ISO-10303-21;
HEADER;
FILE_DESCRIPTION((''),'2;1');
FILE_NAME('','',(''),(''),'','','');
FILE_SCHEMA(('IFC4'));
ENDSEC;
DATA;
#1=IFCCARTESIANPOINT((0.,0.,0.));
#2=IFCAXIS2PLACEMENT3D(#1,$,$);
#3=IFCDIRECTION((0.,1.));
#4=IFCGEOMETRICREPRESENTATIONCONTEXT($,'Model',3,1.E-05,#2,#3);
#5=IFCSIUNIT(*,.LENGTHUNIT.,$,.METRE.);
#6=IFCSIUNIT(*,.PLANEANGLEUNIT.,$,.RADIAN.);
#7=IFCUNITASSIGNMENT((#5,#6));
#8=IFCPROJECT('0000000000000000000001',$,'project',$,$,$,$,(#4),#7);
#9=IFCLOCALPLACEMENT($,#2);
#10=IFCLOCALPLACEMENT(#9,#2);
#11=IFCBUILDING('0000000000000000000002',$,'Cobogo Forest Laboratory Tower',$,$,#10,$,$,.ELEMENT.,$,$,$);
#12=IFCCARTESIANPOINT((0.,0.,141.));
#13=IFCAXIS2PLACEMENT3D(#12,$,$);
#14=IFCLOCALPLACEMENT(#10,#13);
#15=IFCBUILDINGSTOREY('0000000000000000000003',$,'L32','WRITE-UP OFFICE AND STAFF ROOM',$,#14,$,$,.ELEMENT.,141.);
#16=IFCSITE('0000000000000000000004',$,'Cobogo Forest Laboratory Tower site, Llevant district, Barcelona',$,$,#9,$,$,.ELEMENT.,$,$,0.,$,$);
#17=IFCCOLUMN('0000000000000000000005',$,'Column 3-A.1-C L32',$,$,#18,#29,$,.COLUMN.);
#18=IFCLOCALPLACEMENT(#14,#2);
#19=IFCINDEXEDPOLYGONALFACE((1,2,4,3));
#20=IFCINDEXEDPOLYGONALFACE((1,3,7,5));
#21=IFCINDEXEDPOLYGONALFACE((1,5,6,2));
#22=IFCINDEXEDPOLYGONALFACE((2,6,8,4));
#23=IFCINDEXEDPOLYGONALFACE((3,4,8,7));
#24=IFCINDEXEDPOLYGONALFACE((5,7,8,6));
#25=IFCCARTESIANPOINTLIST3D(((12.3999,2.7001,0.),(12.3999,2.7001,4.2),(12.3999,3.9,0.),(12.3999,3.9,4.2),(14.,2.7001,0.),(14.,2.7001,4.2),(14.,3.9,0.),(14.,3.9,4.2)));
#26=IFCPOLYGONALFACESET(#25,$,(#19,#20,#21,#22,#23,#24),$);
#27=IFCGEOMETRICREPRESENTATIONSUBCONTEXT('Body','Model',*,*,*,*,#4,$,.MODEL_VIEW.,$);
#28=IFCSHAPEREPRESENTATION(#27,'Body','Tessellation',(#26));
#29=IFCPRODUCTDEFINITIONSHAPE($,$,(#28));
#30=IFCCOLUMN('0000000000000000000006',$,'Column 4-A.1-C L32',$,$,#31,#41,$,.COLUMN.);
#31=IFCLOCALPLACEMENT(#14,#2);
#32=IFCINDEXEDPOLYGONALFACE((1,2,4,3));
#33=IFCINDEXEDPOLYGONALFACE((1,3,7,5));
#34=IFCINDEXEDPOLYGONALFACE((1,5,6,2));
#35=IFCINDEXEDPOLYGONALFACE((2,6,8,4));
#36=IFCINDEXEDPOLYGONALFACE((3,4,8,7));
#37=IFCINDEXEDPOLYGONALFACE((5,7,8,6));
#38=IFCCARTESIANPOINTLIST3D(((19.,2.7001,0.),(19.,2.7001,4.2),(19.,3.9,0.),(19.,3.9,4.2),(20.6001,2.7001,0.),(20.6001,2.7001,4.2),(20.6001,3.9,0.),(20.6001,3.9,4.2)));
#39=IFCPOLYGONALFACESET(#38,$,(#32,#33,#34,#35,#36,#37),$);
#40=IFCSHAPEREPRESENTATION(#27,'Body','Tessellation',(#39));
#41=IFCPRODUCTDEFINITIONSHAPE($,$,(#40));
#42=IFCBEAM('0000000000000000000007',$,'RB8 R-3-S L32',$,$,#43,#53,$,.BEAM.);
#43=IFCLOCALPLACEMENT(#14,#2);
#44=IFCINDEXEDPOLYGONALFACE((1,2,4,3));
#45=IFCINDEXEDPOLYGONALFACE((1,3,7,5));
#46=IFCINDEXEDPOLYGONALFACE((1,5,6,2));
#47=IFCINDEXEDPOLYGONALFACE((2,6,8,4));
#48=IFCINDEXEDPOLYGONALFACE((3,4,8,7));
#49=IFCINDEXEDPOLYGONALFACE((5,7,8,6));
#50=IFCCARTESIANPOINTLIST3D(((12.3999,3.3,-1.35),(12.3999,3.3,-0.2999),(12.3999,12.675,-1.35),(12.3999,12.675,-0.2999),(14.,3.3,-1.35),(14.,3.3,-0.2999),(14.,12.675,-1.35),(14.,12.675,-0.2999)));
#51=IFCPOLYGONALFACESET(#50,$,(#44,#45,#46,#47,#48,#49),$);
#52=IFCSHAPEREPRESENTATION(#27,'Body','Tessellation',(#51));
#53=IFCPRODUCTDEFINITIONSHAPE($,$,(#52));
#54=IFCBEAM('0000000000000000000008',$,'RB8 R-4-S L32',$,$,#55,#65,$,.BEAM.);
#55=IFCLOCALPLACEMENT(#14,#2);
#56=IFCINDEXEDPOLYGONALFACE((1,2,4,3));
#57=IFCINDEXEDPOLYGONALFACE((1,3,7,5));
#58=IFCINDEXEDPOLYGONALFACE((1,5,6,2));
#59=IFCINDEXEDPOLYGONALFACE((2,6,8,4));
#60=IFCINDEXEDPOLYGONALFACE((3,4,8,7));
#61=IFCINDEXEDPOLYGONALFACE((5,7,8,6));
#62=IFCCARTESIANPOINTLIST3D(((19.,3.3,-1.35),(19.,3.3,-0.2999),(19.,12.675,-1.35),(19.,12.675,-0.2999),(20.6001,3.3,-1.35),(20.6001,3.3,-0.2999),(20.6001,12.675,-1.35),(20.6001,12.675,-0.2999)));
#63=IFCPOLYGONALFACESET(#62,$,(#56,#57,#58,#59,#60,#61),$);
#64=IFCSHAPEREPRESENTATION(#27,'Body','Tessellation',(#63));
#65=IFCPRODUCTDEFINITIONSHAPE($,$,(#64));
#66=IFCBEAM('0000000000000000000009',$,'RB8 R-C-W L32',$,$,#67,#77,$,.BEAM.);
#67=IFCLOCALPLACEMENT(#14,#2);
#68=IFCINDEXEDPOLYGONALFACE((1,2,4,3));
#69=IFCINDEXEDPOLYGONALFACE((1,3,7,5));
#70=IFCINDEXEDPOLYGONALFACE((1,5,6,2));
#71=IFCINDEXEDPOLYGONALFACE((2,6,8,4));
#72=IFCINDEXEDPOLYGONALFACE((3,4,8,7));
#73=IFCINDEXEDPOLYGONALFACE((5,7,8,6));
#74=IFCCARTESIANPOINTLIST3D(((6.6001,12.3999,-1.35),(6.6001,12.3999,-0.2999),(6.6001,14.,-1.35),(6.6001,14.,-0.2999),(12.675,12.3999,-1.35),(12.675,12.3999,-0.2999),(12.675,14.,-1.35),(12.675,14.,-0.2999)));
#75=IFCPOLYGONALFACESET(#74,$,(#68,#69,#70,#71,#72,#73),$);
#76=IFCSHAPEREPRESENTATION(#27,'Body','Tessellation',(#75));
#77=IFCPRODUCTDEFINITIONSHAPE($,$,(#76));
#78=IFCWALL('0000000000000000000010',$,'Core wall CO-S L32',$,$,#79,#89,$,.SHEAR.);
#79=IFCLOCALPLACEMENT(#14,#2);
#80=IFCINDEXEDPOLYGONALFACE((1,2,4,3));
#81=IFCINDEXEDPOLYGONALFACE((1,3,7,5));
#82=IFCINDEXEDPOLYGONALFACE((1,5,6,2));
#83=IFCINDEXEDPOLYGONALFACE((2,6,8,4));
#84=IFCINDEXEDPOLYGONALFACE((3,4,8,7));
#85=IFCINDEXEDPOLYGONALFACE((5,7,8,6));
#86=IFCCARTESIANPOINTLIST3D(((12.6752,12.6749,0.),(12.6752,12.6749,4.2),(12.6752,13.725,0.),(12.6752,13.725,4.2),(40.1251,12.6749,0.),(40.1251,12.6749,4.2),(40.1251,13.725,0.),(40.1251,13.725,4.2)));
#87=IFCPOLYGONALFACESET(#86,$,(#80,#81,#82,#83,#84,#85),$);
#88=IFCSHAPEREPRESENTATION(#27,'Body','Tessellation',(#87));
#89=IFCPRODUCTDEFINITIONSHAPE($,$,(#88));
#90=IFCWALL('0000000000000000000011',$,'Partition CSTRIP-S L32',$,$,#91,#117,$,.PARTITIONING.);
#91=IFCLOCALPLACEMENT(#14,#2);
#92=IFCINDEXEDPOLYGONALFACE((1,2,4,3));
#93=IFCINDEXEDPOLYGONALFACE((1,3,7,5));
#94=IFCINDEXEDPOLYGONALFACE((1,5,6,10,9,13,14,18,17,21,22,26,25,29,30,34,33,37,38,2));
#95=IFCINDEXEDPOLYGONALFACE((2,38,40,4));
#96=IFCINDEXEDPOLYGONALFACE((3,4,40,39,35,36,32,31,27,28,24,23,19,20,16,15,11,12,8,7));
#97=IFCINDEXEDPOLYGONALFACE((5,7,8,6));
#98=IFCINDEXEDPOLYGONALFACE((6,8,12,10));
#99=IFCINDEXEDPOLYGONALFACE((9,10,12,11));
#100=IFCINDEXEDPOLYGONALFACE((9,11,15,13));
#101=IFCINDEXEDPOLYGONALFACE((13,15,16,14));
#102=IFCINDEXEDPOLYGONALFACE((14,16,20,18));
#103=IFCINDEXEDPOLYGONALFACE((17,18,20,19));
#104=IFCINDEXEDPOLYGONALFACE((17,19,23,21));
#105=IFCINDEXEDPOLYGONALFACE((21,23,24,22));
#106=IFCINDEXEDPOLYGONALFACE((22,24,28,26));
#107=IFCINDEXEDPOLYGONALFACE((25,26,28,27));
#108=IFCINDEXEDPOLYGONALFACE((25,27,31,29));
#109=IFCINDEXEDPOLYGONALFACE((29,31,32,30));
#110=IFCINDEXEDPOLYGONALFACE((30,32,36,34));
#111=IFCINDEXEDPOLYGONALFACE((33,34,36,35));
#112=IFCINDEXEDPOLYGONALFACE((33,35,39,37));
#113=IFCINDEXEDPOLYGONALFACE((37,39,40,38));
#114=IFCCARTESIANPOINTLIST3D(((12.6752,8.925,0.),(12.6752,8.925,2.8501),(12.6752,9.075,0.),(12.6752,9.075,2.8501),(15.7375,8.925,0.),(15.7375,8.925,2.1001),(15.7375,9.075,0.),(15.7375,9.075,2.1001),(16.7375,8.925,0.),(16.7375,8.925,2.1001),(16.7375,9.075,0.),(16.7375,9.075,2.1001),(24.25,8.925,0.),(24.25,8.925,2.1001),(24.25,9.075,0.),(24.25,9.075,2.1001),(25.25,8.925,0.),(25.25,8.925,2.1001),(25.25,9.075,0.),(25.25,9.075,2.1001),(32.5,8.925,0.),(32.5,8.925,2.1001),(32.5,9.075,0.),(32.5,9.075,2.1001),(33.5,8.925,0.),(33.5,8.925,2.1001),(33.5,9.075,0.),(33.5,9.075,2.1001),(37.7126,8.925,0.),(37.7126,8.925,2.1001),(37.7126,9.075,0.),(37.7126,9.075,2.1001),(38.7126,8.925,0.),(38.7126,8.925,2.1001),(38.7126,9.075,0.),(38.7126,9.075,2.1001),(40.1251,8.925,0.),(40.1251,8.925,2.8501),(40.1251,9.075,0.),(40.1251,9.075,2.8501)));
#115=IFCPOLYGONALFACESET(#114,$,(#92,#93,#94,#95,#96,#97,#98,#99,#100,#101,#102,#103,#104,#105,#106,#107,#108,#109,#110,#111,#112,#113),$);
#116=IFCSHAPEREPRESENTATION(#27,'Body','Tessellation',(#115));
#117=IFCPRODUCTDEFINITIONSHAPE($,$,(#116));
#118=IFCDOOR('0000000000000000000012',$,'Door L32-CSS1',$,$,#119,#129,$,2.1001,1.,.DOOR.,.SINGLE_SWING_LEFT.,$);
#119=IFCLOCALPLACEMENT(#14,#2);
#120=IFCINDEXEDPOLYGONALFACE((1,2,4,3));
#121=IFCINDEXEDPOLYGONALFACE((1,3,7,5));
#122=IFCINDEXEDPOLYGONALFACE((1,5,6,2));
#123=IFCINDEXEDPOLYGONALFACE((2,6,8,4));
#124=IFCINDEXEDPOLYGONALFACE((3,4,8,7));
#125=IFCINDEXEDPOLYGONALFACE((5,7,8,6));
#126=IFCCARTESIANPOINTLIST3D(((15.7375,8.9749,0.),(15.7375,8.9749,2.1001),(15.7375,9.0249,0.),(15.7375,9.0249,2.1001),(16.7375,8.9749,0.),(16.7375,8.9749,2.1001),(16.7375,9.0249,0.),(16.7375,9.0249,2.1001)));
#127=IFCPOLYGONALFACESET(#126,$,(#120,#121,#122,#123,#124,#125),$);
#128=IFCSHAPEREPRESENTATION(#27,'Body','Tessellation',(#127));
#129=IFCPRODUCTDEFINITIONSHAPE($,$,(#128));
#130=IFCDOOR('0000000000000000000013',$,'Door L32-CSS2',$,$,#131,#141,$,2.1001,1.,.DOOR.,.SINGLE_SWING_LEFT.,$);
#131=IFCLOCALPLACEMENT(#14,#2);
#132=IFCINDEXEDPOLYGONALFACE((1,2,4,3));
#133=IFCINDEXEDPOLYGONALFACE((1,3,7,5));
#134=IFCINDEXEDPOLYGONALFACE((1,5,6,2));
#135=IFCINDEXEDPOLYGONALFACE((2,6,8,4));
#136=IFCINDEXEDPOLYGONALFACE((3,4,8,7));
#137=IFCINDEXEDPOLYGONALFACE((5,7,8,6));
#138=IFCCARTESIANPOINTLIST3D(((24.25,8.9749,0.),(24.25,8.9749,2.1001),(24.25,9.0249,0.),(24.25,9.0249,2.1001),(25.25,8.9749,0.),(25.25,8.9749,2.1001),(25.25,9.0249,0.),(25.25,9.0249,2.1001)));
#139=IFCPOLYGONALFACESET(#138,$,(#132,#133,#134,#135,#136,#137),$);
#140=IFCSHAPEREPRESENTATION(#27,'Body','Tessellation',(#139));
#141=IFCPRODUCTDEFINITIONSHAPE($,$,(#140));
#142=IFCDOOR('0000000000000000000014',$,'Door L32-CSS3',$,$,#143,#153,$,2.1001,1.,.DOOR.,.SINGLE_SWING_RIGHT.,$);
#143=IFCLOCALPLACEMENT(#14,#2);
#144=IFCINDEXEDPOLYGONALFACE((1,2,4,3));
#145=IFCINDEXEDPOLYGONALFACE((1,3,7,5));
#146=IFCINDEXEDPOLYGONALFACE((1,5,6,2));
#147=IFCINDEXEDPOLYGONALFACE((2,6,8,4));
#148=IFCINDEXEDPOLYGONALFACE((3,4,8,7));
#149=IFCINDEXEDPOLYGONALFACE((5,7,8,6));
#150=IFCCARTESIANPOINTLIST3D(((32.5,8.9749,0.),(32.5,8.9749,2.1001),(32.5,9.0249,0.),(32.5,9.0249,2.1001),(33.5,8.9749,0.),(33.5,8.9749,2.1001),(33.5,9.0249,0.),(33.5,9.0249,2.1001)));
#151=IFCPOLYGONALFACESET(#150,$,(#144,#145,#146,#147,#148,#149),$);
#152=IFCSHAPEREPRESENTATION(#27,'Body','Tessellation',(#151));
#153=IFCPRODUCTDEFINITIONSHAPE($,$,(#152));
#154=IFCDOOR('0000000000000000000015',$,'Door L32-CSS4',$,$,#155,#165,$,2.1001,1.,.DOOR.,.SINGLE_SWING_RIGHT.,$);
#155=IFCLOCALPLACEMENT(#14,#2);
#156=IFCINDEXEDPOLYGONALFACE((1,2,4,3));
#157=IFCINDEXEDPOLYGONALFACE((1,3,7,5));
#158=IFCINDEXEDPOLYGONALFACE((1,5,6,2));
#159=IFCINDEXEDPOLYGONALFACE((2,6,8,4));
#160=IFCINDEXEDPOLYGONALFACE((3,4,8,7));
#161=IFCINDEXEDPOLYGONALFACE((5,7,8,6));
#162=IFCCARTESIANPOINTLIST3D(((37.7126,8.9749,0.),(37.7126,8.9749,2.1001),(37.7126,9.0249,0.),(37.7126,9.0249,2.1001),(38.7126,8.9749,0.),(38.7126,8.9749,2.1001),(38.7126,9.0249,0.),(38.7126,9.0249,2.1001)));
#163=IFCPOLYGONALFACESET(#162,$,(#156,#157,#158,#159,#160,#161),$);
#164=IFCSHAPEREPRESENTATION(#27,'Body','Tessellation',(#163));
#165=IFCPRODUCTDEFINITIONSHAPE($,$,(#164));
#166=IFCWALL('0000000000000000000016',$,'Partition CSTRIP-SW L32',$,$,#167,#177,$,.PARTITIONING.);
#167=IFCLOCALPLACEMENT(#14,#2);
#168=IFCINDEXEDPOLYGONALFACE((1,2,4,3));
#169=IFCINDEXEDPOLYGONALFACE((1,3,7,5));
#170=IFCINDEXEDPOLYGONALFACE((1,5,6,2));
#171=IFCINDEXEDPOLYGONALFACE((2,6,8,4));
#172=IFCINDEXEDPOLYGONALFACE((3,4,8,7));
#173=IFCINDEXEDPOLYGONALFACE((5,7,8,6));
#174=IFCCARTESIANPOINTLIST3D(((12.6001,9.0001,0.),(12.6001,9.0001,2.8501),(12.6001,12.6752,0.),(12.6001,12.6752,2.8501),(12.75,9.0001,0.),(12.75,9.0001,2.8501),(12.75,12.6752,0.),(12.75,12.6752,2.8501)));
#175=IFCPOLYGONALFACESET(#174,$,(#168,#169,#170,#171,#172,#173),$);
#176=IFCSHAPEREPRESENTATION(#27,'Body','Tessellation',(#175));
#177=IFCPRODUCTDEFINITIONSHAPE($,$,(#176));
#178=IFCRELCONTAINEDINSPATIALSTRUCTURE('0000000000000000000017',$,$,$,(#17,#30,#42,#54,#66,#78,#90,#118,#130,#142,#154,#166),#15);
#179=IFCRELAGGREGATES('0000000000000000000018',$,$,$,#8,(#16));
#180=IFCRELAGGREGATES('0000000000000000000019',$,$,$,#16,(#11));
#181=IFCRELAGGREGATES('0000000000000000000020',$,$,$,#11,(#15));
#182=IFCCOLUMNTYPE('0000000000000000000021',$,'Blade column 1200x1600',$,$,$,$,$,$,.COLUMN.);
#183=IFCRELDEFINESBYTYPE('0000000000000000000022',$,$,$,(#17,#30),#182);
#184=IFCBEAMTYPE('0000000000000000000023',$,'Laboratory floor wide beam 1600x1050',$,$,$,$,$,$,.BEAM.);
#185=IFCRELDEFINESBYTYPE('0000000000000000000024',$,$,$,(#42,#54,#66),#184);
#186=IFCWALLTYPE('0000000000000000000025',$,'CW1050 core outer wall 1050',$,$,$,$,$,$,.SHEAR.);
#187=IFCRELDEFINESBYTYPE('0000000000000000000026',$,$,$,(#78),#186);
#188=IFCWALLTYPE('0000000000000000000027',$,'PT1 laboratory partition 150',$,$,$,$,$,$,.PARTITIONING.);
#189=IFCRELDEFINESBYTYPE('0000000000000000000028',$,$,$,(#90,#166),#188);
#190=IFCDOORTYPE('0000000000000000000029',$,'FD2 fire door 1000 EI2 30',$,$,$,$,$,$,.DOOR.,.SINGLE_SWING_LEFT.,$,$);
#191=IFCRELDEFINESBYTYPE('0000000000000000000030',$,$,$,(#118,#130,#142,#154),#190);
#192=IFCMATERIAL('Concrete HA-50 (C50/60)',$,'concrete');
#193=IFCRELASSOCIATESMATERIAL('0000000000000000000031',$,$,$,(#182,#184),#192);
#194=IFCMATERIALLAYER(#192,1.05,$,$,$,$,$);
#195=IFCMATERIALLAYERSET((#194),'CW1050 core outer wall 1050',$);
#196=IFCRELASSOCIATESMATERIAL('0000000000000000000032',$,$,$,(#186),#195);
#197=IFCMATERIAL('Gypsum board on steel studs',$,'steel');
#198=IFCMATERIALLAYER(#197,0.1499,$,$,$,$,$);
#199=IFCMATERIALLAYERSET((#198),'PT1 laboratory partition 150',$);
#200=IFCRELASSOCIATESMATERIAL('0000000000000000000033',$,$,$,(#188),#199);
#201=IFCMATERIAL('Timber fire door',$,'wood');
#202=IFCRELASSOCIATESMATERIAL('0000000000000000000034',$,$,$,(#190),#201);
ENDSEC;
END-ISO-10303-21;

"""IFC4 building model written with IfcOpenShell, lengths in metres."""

from ifc_helpers import new_model, si_unit, direction, frame, frame_2d, origin, origin_2d, place, context, subcontext, project, spatial, rectangle, extrude, material, layer, layer_set, material_profile, profile_set, type_object, element, fill, save


model = new_model("IFC4")

# Units and contexts
model_context = context("Model", 3, precision=1e-05, world=origin(), true_north=direction((0.0, 1.0)))
body_context = subcontext(model_context, "Body", "Model", "MODEL_VIEW")
ifc_project = project(units=[si_unit("LENGTHUNIT", "METRE"), si_unit("PLANEANGLEUNIT", "RADIAN")], contexts=[model_context])

# Site, building, storey
site_placement = place(None, origin())
site = spatial("IfcSite", under=ifc_project, at=site_placement, Name="Cobogo Forest Laboratory Tower site, Llevant district, Barcelona", CompositionType="ELEMENT", RefElevation=0.0)
building_placement = place(site_placement, origin())
building = spatial("IfcBuilding", under=site, at=building_placement, Name="Cobogo Forest Laboratory Tower", CompositionType="ELEMENT")
storey_placement = place(building_placement, frame((0.0, 0.0, 141.0)))
storey = spatial("IfcBuildingStorey", under=building, at=storey_placement, Name="L32", Description="WRITE-UP OFFICE AND STAFF ROOM", CompositionType="ELEMENT", Elevation=141.0)

# Columns
ifc_material_1 = material(Name="Concrete HA-50 (C50/60)", Category="concrete")
ifc_material_profile_1 = material_profile(ifc_material_1, rectangle(XDim=1.6001, YDim=1.2, at=origin_2d()), Name="RC 1200x1600")
ifc_profile_set_1 = profile_set([ifc_material_profile_1], Name="Concrete HA-50 (C50/60)")
column_type = type_object("IfcColumnType", Name="Blade column 1200x1600", PredefinedType="COLUMN", material=ifc_profile_set_1)
for number, where, z_axis, x_axis, name in (
    (1, (13.2, 3.3, 0.0), (0.0, 0.0, 1.0), (1.0, 0.0, 0.0), "Column 3-A.1-C L32"),
    (2, (19.8, 3.3, 0.0), (0.0, 0.0, 1.0), (1.0, 0.0, 0.0), "Column 4-A.1-C L32"),
):
    element("IfcColumn", number, at=place(storey_placement, frame(where, z_axis=z_axis, x_axis=x_axis)), inside=storey, type_object=column_type, Name=name, PredefinedType="COLUMN", context=body_context, shape_type="SweptSolid", body=[
        extrude(rectangle(XDim=1.6001, YDim=1.2, at=origin_2d()), origin(), (0.0, 0.0, 1.0), 4.2),
    ])

# Beams
ifc_material_profile_2 = material_profile(ifc_material_1, rectangle(XDim=1.6001, YDim=1.05, at=origin_2d()), Name="RC 1600x1050")
ifc_profile_set_2 = profile_set([ifc_material_profile_2], Name="Concrete HA-50 (C50/60)")
beam_type = type_object("IfcBeamType", Name="Laboratory floor wide beam 1600x1050", PredefinedType="BEAM", material=ifc_profile_set_2)
for number, where, z_axis, x_axis, name in (
    (3, (13.2, 12.675, -0.825), (0.0, -1.0, 0.0), (1.0, 0.0, 0.0), "RB8 R-3-S L32"),
    (4, (19.8, 12.675, -0.825), (0.0, -1.0, 0.0), (1.0, 0.0, 0.0), "RB8 R-4-S L32"),
):
    element("IfcBeam", number, at=place(storey_placement, frame(where, z_axis=z_axis, x_axis=x_axis)), inside=storey, type_object=beam_type, Name=name, PredefinedType="BEAM", context=body_context, shape_type="SweptSolid", body=[
        extrude(rectangle(XDim=1.6001, YDim=1.05, at=origin_2d()), origin(), (0.0, 0.0, 1.0), 9.375),
    ])
beam_placement = place(storey_placement, frame((12.675, 13.2, -0.825), z_axis=(-1.0, 0.0, 0.0), x_axis=(0.0, -1.0, 0.0)))
element("IfcBeam", 5, at=beam_placement, inside=storey, type_object=beam_type, Name="RB8 R-C-W L32", PredefinedType="BEAM", context=body_context, shape_type="SweptSolid", body=[
    extrude(rectangle(XDim=1.6001, YDim=1.05, at=origin_2d()), origin(), (0.0, 0.0, 1.0), 6.075),
])

# Wall
ifc_layer_1 = layer(ifc_material_1, 1.05)
ifc_layer_set_1 = layer_set([ifc_layer_1], Name="CW1050 core outer wall 1050")
wall_type_1 = type_object("IfcWallType", Name="CW1050 core outer wall 1050", PredefinedType="SHEAR", material=ifc_layer_set_1)
wall_1_placement = place(storey_placement, frame((12.675, 13.2, 0.0), z_axis=(0.0, 0.0, 1.0), x_axis=(1.0, 0.0, 0.0)))
element("IfcWall", 6, at=wall_1_placement, inside=storey, type_object=wall_type_1, Name="Core wall CO-S L32", PredefinedType="SHEAR", context=body_context, shape_type="SweptSolid", body=[
    extrude(rectangle(XDim=27.45, YDim=1.05, at=frame_2d((13.7251, 0.0))), origin(), (0.0, 0.0, 1.0), 4.2),
])

# Wall, openings, doors
ifc_material_2 = material(Name="Gypsum board on steel studs", Category="steel")
ifc_layer_2 = layer(ifc_material_2, 0.1499)
ifc_layer_set_2 = layer_set([ifc_layer_2], Name="PT1 laboratory partition 150")
wall_type_2 = type_object("IfcWallType", Name="PT1 laboratory partition 150", PredefinedType="PARTITIONING", material=ifc_layer_set_2)
wall_2_placement = place(storey_placement, frame((12.675, 9.0, 0.0), z_axis=(0.0, 0.0, 1.0), x_axis=(1.0, 0.0, 0.0)))
wall_2 = element("IfcWall", 7, at=wall_2_placement, inside=storey, type_object=wall_type_2, Name="Partition CSTRIP-S L32", PredefinedType="PARTITIONING", context=body_context, shape_type="SweptSolid", body=[
    extrude(rectangle(XDim=27.45, YDim=0.1499, at=frame_2d((13.7251, 0.0))), origin(), (0.0, 0.0, 1.0), 2.8501),
])
opening_1_placement = place(wall_2_placement, frame((3.0625, 0.0, 0.0)))
opening_1 = element("IfcOpeningElement", 8, at=opening_1_placement, cuts=wall_2, PredefinedType="OPENING", context=body_context, shape_type="SweptSolid", body=[
    extrude(rectangle(XDim=1.0, YDim=2.1001, at=frame_2d((0.5, 1.05))), frame((0.0, 0.085, 0.0), z_axis=(0.0, -1.0, 0.0), x_axis=(1.0, 0.0, 0.0)), (0.0, 0.0, 1.0), 0.1699),
])
opening_2_placement = place(wall_2_placement, frame((11.575, 0.0, 0.0)))
opening_2 = element("IfcOpeningElement", 9, at=opening_2_placement, cuts=wall_2, PredefinedType="OPENING", context=body_context, shape_type="SweptSolid", body=[
    extrude(rectangle(XDim=1.0, YDim=2.1001, at=frame_2d((0.5, 1.05))), frame((0.0, 0.085, 0.0), z_axis=(0.0, -1.0, 0.0), x_axis=(1.0, 0.0, 0.0)), (0.0, 0.0, 1.0), 0.1699),
])
opening_3_placement = place(wall_2_placement, frame((19.825, 0.0, 0.0)))
opening_3 = element("IfcOpeningElement", 10, at=opening_3_placement, cuts=wall_2, PredefinedType="OPENING", context=body_context, shape_type="SweptSolid", body=[
    extrude(rectangle(XDim=1.0, YDim=2.1001, at=frame_2d((0.5, 1.05))), frame((0.0, 0.085, 0.0), z_axis=(0.0, -1.0, 0.0), x_axis=(1.0, 0.0, 0.0)), (0.0, 0.0, 1.0), 0.1699),
])
opening_4_placement = place(wall_2_placement, frame((25.0376, 0.0, 0.0)))
opening_4 = element("IfcOpeningElement", 11, at=opening_4_placement, cuts=wall_2, PredefinedType="OPENING", context=body_context, shape_type="SweptSolid", body=[
    extrude(rectangle(XDim=1.0, YDim=2.1001, at=frame_2d((0.5, 1.05))), frame((0.0, 0.085, 0.0), z_axis=(0.0, -1.0, 0.0), x_axis=(1.0, 0.0, 0.0)), (0.0, 0.0, 1.0), 0.1699),
])
ifc_material_3 = material(Name="Timber fire door", Category="wood")
door_type_1 = type_object("IfcDoorType", Name="FD2 fire door 1000 EI2 30", OperationType="SINGLE_SWING_LEFT", PredefinedType="DOOR", material=ifc_material_3)
door_1_placement = place(opening_1_placement, origin())
door_1 = element("IfcDoor", 12, at=door_1_placement, inside=storey, type_object=door_type_1, Name="Door L32-CSS1", OperationType="SINGLE_SWING_LEFT", OverallHeight=2.1001, OverallWidth=1.0, PredefinedType="DOOR", context=body_context, shape_type="SweptSolid", body=[
    extrude(rectangle(XDim=1.0, YDim=2.1001, at=frame_2d((0.5, 1.05))), frame((0.0, 0.0249, 0.0), z_axis=(0.0, -1.0, 0.0), x_axis=(1.0, 0.0, 0.0)), (0.0, 0.0, 1.0), 0.05),
])
fill(opening_1, door_1)
door_2_placement = place(opening_2_placement, origin())
door_2 = element("IfcDoor", 13, at=door_2_placement, inside=storey, type_object=door_type_1, Name="Door L32-CSS2", OperationType="SINGLE_SWING_LEFT", OverallHeight=2.1001, OverallWidth=1.0, PredefinedType="DOOR", context=body_context, shape_type="SweptSolid", body=[
    extrude(rectangle(XDim=1.0, YDim=2.1001, at=frame_2d((0.5, 1.05))), frame((0.0, 0.0249, 0.0), z_axis=(0.0, -1.0, 0.0), x_axis=(1.0, 0.0, 0.0)), (0.0, 0.0, 1.0), 0.05),
])
fill(opening_2, door_2)
door_3_placement = place(opening_3_placement, origin())
door_3 = element("IfcDoor", 14, at=door_3_placement, inside=storey, type_object=door_type_1, Name="Door L32-CSS3", OperationType="SINGLE_SWING_RIGHT", OverallHeight=2.1001, OverallWidth=1.0, PredefinedType="DOOR", context=body_context, shape_type="SweptSolid", body=[
    extrude(rectangle(XDim=1.0, YDim=2.1001, at=frame_2d((0.5, 1.05))), frame((0.0, 0.0249, 0.0), z_axis=(0.0, -1.0, 0.0), x_axis=(1.0, 0.0, 0.0)), (0.0, 0.0, 1.0), 0.05),
])
fill(opening_3, door_3)
door_4_placement = place(opening_4_placement, origin())
door_4 = element("IfcDoor", 15, at=door_4_placement, inside=storey, type_object=door_type_1, Name="Door L32-CSS4", OperationType="SINGLE_SWING_RIGHT", OverallHeight=2.1001, OverallWidth=1.0, PredefinedType="DOOR", context=body_context, shape_type="SweptSolid", body=[
    extrude(rectangle(XDim=1.0, YDim=2.1001, at=frame_2d((0.5, 1.05))), frame((0.0, 0.0249, 0.0), z_axis=(0.0, -1.0, 0.0), x_axis=(1.0, 0.0, 0.0)), (0.0, 0.0, 1.0), 0.05),
])
fill(opening_4, door_4)

# Wall
wall_3_placement = place(storey_placement, frame((12.675, 12.675, 0.0), z_axis=(0.0, 0.0, 1.0), x_axis=(0.0, -1.0, 0.0)))
element("IfcWall", 16, at=wall_3_placement, inside=storey, type_object=wall_type_2, Name="Partition CSTRIP-SW L32", PredefinedType="PARTITIONING", context=body_context, shape_type="SweptSolid", body=[
    extrude(rectangle(XDim=3.675, YDim=0.1499, at=frame_2d((1.8374, 0.0))), origin(), (0.0, 0.0, 1.0), 2.8501),
])

save(model, "model.ifc")
